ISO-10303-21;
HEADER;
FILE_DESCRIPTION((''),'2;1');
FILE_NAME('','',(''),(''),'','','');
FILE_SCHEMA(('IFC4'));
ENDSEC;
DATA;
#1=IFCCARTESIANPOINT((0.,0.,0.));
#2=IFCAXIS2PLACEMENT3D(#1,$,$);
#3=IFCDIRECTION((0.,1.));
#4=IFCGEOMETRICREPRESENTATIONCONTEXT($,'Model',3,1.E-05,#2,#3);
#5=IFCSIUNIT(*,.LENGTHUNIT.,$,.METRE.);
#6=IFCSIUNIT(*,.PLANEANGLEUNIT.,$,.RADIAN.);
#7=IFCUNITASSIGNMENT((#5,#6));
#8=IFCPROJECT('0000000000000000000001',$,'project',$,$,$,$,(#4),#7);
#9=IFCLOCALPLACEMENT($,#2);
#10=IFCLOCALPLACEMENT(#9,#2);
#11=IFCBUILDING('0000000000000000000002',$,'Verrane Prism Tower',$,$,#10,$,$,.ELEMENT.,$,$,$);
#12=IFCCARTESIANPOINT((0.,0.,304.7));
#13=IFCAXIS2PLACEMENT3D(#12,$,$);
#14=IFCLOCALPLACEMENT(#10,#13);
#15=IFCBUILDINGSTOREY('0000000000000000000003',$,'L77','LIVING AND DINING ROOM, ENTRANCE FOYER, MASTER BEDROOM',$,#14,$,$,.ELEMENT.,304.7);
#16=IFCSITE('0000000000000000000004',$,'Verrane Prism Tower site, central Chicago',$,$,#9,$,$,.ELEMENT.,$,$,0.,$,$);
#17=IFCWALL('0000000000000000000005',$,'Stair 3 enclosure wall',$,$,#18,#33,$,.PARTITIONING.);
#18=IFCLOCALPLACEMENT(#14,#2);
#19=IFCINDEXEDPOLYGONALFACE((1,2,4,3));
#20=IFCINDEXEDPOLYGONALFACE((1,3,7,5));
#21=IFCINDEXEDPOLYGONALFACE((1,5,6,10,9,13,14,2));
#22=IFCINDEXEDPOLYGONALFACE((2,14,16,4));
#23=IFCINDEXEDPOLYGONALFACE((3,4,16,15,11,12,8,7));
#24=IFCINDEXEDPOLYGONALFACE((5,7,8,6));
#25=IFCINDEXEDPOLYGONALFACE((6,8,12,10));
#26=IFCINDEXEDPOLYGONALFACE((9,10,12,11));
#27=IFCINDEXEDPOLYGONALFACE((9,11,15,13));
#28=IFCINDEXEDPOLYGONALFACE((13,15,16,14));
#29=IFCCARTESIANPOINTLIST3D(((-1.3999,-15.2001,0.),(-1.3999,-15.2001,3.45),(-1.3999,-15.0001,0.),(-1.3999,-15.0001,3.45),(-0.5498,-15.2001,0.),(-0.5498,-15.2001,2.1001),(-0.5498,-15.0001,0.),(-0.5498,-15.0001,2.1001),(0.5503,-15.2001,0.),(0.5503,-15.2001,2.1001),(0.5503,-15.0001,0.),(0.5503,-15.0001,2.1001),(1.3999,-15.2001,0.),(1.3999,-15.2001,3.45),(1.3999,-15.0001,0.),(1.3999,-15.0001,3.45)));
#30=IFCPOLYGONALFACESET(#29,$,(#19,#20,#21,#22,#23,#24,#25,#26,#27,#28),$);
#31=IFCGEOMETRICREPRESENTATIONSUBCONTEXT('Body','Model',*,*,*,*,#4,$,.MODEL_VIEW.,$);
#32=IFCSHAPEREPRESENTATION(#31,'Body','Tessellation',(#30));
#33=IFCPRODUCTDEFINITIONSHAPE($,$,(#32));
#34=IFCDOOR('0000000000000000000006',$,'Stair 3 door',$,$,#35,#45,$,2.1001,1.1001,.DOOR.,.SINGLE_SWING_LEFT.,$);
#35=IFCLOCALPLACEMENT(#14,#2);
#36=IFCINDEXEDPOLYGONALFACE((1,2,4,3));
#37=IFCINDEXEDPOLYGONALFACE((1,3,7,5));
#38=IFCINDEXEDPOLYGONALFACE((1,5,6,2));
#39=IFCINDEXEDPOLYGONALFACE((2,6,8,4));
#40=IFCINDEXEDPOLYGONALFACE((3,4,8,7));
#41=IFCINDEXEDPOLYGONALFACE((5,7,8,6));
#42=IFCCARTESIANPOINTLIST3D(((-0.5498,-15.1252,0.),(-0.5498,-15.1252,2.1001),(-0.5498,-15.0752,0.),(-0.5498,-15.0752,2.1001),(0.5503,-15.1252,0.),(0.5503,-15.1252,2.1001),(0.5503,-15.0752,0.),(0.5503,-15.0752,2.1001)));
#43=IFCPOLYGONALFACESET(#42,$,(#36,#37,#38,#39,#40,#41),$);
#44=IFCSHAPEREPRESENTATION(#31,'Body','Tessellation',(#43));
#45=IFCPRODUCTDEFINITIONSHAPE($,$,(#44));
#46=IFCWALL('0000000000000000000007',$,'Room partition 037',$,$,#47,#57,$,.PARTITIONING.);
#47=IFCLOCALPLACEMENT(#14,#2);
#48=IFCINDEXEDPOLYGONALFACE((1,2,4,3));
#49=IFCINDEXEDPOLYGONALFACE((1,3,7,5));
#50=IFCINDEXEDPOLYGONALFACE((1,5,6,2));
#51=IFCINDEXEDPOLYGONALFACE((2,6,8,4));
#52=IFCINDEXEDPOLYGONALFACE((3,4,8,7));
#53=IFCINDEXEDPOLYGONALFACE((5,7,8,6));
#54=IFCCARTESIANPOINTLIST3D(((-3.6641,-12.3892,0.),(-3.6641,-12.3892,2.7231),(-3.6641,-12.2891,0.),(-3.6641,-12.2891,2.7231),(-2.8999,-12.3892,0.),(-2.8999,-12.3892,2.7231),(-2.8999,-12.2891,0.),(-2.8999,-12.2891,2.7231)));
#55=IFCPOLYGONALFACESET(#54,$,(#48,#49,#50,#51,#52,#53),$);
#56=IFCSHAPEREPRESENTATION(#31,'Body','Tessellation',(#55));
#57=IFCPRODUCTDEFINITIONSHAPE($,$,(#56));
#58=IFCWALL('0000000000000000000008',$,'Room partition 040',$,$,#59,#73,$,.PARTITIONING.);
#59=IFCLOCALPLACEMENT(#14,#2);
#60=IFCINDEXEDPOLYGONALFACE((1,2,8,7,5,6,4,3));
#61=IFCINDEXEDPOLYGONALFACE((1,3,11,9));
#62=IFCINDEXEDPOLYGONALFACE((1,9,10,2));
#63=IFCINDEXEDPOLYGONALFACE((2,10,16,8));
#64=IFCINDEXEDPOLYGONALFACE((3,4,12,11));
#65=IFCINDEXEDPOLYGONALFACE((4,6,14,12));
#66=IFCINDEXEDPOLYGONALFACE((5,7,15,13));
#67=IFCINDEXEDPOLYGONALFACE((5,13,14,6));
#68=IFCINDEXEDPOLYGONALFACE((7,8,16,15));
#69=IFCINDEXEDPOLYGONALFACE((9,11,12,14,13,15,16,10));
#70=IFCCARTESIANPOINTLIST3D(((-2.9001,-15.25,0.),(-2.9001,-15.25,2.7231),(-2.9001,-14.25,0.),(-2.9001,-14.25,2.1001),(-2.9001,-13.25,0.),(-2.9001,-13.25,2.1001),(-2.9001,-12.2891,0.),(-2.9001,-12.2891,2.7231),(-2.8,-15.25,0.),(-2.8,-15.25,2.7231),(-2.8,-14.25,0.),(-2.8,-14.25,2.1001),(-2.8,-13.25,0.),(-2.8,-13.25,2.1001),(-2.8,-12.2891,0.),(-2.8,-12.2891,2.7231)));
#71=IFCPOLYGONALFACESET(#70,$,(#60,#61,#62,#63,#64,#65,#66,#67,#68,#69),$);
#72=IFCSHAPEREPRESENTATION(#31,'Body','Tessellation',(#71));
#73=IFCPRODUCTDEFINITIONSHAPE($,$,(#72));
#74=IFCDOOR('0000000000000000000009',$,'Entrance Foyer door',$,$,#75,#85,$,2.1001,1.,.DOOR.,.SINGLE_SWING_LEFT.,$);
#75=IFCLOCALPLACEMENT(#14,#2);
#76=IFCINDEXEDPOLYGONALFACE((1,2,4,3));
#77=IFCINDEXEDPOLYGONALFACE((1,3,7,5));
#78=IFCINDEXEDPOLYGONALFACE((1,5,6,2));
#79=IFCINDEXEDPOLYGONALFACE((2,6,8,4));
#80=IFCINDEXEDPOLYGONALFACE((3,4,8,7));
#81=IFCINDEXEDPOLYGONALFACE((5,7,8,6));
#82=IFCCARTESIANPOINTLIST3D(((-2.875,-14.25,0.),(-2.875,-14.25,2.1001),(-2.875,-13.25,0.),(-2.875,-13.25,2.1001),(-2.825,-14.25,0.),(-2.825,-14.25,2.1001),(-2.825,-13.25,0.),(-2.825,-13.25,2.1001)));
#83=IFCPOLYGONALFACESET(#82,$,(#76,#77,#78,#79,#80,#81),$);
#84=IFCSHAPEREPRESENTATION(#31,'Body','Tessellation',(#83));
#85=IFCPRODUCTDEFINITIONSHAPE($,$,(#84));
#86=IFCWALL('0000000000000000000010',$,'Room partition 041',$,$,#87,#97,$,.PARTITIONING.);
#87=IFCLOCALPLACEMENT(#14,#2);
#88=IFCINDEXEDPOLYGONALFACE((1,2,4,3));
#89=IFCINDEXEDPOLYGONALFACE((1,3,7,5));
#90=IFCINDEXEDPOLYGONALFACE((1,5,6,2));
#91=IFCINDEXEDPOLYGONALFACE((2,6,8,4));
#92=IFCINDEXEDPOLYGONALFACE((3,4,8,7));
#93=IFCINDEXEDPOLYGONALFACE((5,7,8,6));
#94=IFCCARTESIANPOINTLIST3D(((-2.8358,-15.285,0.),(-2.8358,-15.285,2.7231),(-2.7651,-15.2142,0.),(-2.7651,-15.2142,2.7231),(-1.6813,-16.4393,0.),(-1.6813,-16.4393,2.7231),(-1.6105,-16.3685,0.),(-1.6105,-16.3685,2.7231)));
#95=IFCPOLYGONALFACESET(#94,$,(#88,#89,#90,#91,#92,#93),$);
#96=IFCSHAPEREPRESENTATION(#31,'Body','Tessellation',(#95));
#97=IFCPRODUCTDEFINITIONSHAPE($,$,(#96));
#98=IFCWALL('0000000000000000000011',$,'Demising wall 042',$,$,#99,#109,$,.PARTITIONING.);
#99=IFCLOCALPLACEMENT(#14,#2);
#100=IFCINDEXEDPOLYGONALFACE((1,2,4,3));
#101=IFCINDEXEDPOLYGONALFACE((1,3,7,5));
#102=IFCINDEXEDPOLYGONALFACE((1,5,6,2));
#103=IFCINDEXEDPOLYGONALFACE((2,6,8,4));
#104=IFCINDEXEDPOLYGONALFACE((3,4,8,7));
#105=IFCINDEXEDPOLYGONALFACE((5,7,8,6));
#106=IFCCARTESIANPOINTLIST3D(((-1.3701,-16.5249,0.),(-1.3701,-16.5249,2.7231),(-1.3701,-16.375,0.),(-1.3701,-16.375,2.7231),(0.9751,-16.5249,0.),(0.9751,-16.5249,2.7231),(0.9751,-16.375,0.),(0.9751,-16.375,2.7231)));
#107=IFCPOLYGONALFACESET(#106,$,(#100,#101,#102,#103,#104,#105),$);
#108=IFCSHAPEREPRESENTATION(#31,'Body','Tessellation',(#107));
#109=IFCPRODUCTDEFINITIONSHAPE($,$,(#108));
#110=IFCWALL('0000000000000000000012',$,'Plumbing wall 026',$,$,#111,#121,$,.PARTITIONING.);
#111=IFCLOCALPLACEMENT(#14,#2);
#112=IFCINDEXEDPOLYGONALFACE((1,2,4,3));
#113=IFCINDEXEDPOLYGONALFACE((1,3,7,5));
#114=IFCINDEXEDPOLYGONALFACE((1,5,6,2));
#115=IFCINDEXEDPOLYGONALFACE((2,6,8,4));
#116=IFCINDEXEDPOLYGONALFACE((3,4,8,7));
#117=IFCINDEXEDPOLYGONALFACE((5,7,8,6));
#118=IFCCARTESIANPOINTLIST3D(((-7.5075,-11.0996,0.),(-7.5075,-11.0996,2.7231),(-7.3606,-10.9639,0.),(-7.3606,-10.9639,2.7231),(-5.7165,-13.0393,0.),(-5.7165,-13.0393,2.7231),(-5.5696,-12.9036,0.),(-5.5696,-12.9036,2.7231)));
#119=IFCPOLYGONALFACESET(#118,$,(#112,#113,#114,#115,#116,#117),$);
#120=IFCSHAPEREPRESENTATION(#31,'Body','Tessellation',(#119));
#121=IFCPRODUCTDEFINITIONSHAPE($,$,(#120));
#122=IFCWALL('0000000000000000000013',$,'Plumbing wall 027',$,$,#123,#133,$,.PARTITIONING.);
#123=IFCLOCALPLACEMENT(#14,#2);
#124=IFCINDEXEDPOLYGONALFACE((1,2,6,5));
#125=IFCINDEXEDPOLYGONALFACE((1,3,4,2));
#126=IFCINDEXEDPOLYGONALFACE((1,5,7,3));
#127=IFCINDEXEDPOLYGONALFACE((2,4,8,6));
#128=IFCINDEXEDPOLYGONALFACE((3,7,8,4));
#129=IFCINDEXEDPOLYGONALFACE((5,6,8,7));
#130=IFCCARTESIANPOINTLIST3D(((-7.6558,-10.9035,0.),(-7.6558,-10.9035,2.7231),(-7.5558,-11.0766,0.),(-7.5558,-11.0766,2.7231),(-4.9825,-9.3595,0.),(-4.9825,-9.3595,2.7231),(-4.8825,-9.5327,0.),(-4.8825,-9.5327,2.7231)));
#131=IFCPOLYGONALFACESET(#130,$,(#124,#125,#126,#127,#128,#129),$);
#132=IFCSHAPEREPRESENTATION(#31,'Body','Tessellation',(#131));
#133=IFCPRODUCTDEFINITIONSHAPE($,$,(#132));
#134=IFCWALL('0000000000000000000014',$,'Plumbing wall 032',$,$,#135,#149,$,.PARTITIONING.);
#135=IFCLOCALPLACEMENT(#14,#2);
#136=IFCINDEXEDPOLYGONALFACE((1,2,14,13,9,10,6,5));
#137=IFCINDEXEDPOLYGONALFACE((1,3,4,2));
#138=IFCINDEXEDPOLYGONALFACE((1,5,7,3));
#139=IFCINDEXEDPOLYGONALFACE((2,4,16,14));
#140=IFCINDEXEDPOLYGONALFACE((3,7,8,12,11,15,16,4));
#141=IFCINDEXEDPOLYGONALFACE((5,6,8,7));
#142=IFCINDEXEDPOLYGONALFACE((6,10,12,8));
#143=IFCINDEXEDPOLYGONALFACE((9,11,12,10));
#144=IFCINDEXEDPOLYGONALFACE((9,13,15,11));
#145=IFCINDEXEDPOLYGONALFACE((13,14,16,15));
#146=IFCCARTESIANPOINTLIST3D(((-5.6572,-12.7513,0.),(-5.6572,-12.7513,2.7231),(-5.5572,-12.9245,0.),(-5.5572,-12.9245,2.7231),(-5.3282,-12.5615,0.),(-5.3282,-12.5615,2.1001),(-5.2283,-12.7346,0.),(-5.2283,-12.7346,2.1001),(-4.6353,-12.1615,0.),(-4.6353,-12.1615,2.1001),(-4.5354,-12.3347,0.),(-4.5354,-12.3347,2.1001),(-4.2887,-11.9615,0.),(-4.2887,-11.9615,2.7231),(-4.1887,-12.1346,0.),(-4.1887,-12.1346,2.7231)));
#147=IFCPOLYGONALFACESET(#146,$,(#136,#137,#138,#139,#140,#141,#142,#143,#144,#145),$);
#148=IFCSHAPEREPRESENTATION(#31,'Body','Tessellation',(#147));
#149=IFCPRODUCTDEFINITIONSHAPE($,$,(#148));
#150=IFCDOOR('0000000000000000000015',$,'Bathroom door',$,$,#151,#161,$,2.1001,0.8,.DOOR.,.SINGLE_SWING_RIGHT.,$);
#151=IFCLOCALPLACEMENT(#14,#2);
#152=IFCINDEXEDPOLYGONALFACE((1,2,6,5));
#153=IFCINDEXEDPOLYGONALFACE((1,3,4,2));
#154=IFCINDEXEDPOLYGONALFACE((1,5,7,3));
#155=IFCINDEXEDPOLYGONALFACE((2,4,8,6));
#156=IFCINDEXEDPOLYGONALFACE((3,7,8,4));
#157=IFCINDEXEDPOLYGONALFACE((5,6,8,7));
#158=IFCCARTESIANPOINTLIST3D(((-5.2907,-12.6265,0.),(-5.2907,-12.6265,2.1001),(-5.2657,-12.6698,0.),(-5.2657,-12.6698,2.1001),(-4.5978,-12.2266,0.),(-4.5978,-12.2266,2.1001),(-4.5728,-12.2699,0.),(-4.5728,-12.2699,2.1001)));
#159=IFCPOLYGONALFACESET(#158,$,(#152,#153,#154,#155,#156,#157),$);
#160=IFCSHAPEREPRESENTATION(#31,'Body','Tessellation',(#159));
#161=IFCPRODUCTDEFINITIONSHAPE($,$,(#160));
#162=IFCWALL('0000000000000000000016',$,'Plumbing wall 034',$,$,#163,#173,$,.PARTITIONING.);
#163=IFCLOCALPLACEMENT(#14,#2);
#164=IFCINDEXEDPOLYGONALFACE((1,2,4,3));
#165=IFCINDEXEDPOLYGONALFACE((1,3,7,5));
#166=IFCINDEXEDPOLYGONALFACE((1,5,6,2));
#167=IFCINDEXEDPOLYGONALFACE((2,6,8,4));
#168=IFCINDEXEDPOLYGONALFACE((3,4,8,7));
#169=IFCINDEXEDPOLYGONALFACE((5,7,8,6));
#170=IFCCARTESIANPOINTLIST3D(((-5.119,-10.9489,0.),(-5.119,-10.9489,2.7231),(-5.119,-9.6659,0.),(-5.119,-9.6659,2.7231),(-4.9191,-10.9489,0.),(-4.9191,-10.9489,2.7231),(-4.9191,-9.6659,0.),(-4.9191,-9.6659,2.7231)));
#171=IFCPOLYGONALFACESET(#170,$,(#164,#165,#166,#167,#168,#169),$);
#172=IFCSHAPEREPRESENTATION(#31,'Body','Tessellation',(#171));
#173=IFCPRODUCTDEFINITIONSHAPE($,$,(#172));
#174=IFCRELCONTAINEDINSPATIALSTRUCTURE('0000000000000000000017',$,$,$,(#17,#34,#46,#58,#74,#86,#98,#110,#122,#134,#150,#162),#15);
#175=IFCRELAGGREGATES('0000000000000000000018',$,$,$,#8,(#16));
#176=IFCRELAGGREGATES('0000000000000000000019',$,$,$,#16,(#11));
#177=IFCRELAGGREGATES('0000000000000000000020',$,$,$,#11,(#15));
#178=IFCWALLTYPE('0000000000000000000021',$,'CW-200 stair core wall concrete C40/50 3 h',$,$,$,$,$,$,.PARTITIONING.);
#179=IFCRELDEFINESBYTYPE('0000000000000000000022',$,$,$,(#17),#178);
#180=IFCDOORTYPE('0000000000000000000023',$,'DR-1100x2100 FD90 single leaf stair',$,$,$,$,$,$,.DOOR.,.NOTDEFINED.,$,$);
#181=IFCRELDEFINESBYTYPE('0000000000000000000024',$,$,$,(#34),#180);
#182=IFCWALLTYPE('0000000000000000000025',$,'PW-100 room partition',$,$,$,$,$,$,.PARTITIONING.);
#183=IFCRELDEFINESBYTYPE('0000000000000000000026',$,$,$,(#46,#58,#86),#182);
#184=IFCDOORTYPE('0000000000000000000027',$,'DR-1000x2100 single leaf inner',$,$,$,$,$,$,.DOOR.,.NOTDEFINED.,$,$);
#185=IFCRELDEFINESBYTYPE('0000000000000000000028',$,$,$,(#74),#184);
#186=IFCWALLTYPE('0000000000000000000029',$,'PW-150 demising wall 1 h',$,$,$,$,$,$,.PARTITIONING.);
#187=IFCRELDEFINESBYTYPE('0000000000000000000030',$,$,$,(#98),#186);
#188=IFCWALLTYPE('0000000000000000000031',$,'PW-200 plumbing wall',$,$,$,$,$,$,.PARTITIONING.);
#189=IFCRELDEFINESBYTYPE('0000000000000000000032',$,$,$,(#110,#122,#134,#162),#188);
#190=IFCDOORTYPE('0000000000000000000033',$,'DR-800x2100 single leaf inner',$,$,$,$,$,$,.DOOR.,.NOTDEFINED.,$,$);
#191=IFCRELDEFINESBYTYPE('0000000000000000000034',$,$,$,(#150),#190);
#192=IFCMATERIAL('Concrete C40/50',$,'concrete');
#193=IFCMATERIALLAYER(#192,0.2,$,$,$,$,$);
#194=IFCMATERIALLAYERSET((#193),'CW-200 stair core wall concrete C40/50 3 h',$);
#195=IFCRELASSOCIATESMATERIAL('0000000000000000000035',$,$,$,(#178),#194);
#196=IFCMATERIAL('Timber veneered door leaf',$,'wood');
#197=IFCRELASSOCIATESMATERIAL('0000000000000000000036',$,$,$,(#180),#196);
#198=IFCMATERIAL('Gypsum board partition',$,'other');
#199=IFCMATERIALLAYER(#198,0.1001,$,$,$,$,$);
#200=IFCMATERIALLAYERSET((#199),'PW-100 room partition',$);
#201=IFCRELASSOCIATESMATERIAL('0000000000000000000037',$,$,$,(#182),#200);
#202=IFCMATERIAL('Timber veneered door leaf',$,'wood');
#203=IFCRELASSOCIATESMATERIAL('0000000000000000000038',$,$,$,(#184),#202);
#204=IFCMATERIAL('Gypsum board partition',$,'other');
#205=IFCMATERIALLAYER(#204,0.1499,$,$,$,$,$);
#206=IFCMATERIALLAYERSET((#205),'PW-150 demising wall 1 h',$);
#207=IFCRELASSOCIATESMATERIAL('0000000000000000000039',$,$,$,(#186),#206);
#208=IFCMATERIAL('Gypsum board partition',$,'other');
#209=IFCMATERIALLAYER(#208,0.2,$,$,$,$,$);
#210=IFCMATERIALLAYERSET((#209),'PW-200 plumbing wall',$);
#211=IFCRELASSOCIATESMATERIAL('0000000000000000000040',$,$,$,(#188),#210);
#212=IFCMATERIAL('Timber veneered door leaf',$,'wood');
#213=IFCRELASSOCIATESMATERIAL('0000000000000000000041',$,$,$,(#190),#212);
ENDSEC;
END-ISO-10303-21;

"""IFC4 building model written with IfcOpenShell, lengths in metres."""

from ifc_helpers import new_model, si_unit, direction, frame, frame_2d, origin, place, context, subcontext, project, spatial, rectangle, extrude, material, layer, layer_set, type_object, element, fill, save


model = new_model("IFC4")

# Units and contexts
model_context = context("Model", 3, precision=1e-05, world=origin(), true_north=direction((0.0, 1.0)))
body_context = subcontext(model_context, "Body", "Model", "MODEL_VIEW")
ifc_project = project(units=[si_unit("LENGTHUNIT", "METRE"), si_unit("PLANEANGLEUNIT", "RADIAN")], contexts=[model_context])

# Site, building, storey
site_placement = place(None, origin())
site = spatial("IfcSite", under=ifc_project, at=site_placement, Name="Verrane Prism Tower site, central Chicago", CompositionType="ELEMENT", RefElevation=0.0)
building_placement = place(site_placement, origin())
building = spatial("IfcBuilding", under=site, at=building_placement, Name="Verrane Prism Tower", CompositionType="ELEMENT")
storey_placement = place(building_placement, frame((0.0, 0.0, 304.7)))
storey = spatial("IfcBuildingStorey", under=building, at=storey_placement, Name="L77", Description="LIVING AND DINING ROOM, ENTRANCE FOYER, MASTER BEDROOM", CompositionType="ELEMENT", Elevation=304.7)

# Wall, opening, door
ifc_material_1 = material(Name="Concrete C40/50", Category="concrete")
ifc_layer_1 = layer(ifc_material_1, 0.2)
ifc_layer_set_1 = layer_set([ifc_layer_1], Name="CW-200 stair core wall concrete C40/50 3 h")
wall_type_1 = type_object("IfcWallType", Name="CW-200 stair core wall concrete C40/50 3 h", PredefinedType="PARTITIONING", material=ifc_layer_set_1)
wall_1_placement = place(storey_placement, frame((-1.3999, -15.1001, 0.0), z_axis=(0.0, 0.0, 1.0), x_axis=(1.0, 0.0, 0.0)))
wall_1 = element("IfcWall", 1, at=wall_1_placement, inside=storey, type_object=wall_type_1, Name="Stair 3 enclosure wall", PredefinedType="PARTITIONING", context=body_context, shape_type="SweptSolid", body=[
    extrude(rectangle(XDim=2.7998, YDim=0.2, at=frame_2d((1.3999, 0.0))), origin(), (0.0, 0.0, 1.0), 3.45),
])
opening_1_placement = place(wall_1_placement, frame((0.8501, 0.0, 0.0)))
opening_1 = element("IfcOpeningElement", 2, at=opening_1_placement, cuts=wall_1, PredefinedType="OPENING", context=body_context, shape_type="SweptSolid", body=[
    extrude(rectangle(XDim=1.1001, YDim=2.1001, at=frame_2d((0.55, 1.05))), frame((0.0, 0.1099, 0.0), z_axis=(0.0, -1.0, 0.0), x_axis=(1.0, 0.0, 0.0)), (0.0, 0.0, 1.0), 0.22),
])
ifc_material_2 = material(Name="Timber veneered door leaf", Category="wood")
door_type_1 = type_object("IfcDoorType", Name="DR-1100x2100 FD90 single leaf stair", OperationType="NOTDEFINED", PredefinedType="DOOR", material=ifc_material_2)
door_1_placement = place(opening_1_placement, origin())
door_1 = element("IfcDoor", 3, at=door_1_placement, inside=storey, type_object=door_type_1, Name="Stair 3 door", OperationType="SINGLE_SWING_LEFT", OverallHeight=2.1001, OverallWidth=1.1001, PredefinedType="DOOR", context=body_context, shape_type="SweptSolid", body=[
    extrude(rectangle(XDim=1.1001, YDim=2.1001, at=frame_2d((0.55, 1.05))), frame((0.0, 0.0249, 0.0), z_axis=(0.0, -1.0, 0.0), x_axis=(1.0, 0.0, 0.0)), (0.0, 0.0, 1.0), 0.05),
])
fill(opening_1, door_1)

# Wall
ifc_material_3 = material(Name="Gypsum board partition", Category="other")
ifc_layer_2 = layer(ifc_material_3, 0.1001)
ifc_layer_set_2 = layer_set([ifc_layer_2], Name="PW-100 room partition")
wall_type_2 = type_object("IfcWallType", Name="PW-100 room partition", PredefinedType="PARTITIONING", material=ifc_layer_set_2)
wall_2_placement = place(storey_placement, frame((-3.6641, -12.3391, 0.0), z_axis=(0.0, 0.0, 1.0), x_axis=(1.0, 0.0, 0.0)))
element("IfcWall", 4, at=wall_2_placement, inside=storey, type_object=wall_type_2, Name="Room partition 037", PredefinedType="PARTITIONING", context=body_context, shape_type="SweptSolid", body=[
    extrude(rectangle(XDim=0.7642, YDim=0.1001, at=frame_2d((0.3821, 0.0))), origin(), (0.0, 0.0, 1.0), 2.7231),
])

# Wall, opening, door
wall_3_placement = place(storey_placement, frame((-2.8501, -15.25, 0.0), z_axis=(0.0, 0.0, 1.0), x_axis=(0.0, 1.0, 0.0)))
wall_3 = element("IfcWall", 5, at=wall_3_placement, inside=storey, type_object=wall_type_2, Name="Room partition 040", PredefinedType="PARTITIONING", context=body_context, shape_type="SweptSolid", body=[
    extrude(rectangle(XDim=2.9609, YDim=0.1001, at=frame_2d((1.4805, 0.0))), origin(), (0.0, 0.0, 1.0), 2.7231),
])
opening_2_placement = place(wall_3_placement, frame((1.0, 0.0, 0.0)))
opening_2 = element("IfcOpeningElement", 6, at=opening_2_placement, cuts=wall_3, PredefinedType="OPENING", context=body_context, shape_type="SweptSolid", body=[
    extrude(rectangle(XDim=1.0, YDim=2.1001, at=frame_2d((0.5, 1.05))), frame((0.0, 0.0601, 0.0), z_axis=(0.0, -1.0, 0.0), x_axis=(1.0, 0.0, 0.0)), (0.0, 0.0, 1.0), 0.1201),
])
ifc_material_4 = material(Name="Timber veneered door leaf", Category="wood")
door_type_2 = type_object("IfcDoorType", Name="DR-1000x2100 single leaf inner", OperationType="NOTDEFINED", PredefinedType="DOOR", material=ifc_material_4)
door_2_placement = place(opening_2_placement, origin())
door_2 = element("IfcDoor", 7, at=door_2_placement, inside=storey, type_object=door_type_2, Name="Entrance Foyer door", OperationType="SINGLE_SWING_LEFT", OverallHeight=2.1001, OverallWidth=1.0, PredefinedType="DOOR", context=body_context, shape_type="SweptSolid", body=[
    extrude(rectangle(XDim=1.0, YDim=2.1001, at=frame_2d((0.5, 1.05))), frame((0.0, 0.0249, 0.0), z_axis=(0.0, -1.0, 0.0), x_axis=(1.0, 0.0, 0.0)), (0.0, 0.0, 1.0), 0.05),
])
fill(opening_2, door_2)

# Walls
wall_4_placement = place(storey_placement, frame((-2.8005, -15.2495, 0.0), z_axis=(0.0, 0.0, 1.0), x_axis=(0.707182, -0.707032, 0.0)))
element("IfcWall", 8, at=wall_4_placement, inside=storey, type_object=wall_type_2, Name="Room partition 041", PredefinedType="PARTITIONING", context=body_context, shape_type="SweptSolid", body=[
    extrude(rectangle(XDim=1.6326, YDim=0.1001, at=frame_2d((0.8164, 0.0))), origin(), (0.0, 0.0, 1.0), 2.7231),
])
ifc_material_5 = material(Name="Gypsum board partition", Category="other")
ifc_layer_3 = layer(ifc_material_5, 0.1499)
ifc_layer_set_3 = layer_set([ifc_layer_3], Name="PW-150 demising wall 1 h")
wall_type_3 = type_object("IfcWallType", Name="PW-150 demising wall 1 h", PredefinedType="PARTITIONING", material=ifc_layer_set_3)
wall_5_placement = place(storey_placement, frame((-1.3701, -16.45, 0.0), z_axis=(0.0, 0.0, 1.0), x_axis=(1.0, 0.0, 0.0)))
element("IfcWall", 9, at=wall_5_placement, inside=storey, type_object=wall_type_3, Name="Demising wall 042", PredefinedType="PARTITIONING", context=body_context, shape_type="SweptSolid", body=[
    extrude(rectangle(XDim=2.3452, YDim=0.1499, at=frame_2d((1.1726, 0.0))), origin(), (0.0, 0.0, 1.0), 2.7231),
])
ifc_material_6 = material(Name="Gypsum board partition", Category="other")
ifc_layer_4 = layer(ifc_material_6, 0.2)
ifc_layer_set_4 = layer_set([ifc_layer_4], Name="PW-200 plumbing wall")
wall_type_4 = type_object("IfcWallType", Name="PW-200 plumbing wall", PredefinedType="PARTITIONING", material=ifc_layer_set_4)
wall_6_placement = place(storey_placement, frame((-7.4341, -11.0317, 0.0), z_axis=(0.0, 0.0, 1.0), x_axis=(0.678388, -0.734704, 0.0)))
element("IfcWall", 10, at=wall_6_placement, inside=storey, type_object=wall_type_4, Name="Plumbing wall 026", PredefinedType="PARTITIONING", context=body_context, shape_type="SweptSolid", body=[
    extrude(rectangle(XDim=2.6401, YDim=0.2, at=frame_2d((1.3201, 0.0))), origin(), (0.0, 0.0, 1.0), 2.7231),
])
wall_7_placement = place(storey_placement, frame((-7.6057, -10.99, 0.0), z_axis=(0.0, 0.0, 1.0), x_axis=(0.865956, 0.500119, 0.0)))
element("IfcWall", 11, at=wall_7_placement, inside=storey, type_object=wall_type_4, Name="Plumbing wall 027", PredefinedType="PARTITIONING", context=body_context, shape_type="SweptSolid", body=[
    extrude(rectangle(XDim=3.0872, YDim=0.2, at=frame_2d((1.5435, 0.0))), origin(), (0.0, 0.0, 1.0), 2.7231),
])

# Wall, opening, door
wall_8_placement = place(storey_placement, frame((-5.6072, -12.8379, 0.0), z_axis=(0.0, 0.0, 1.0), x_axis=(0.866096, 0.499879, 0.0)))
wall_8 = element("IfcWall", 12, at=wall_8_placement, inside=storey, type_object=wall_type_4, Name="Plumbing wall 032", PredefinedType="PARTITIONING", context=body_context, shape_type="SweptSolid", body=[
    extrude(rectangle(XDim=1.5801, YDim=0.2, at=frame_2d((0.79, 0.0))), origin(), (0.0, 0.0, 1.0), 2.7231),
])
opening_3_placement = place(wall_8_placement, frame((0.3799, 0.0, 0.0)))
opening_3 = element("IfcOpeningElement", 13, at=opening_3_placement, cuts=wall_8, PredefinedType="OPENING", context=body_context, shape_type="SweptSolid", body=[
    extrude(rectangle(XDim=0.8, YDim=2.1001, at=frame_2d((0.3999, 1.05))), frame((0.0, 0.1099, 0.0), z_axis=(0.0, -1.0, 0.0), x_axis=(1.0, 0.0, 0.0)), (0.0, 0.0, 1.0), 0.22),
])
ifc_material_7 = material(Name="Timber veneered door leaf", Category="wood")
door_type_3 = type_object("IfcDoorType", Name="DR-800x2100 single leaf inner", OperationType="NOTDEFINED", PredefinedType="DOOR", material=ifc_material_7)
door_3_placement = place(opening_3_placement, origin())
door_3 = element("IfcDoor", 14, at=door_3_placement, inside=storey, type_object=door_type_3, Name="Bathroom door", OperationType="SINGLE_SWING_RIGHT", OverallHeight=2.1001, OverallWidth=0.8, PredefinedType="DOOR", context=body_context, shape_type="SweptSolid", body=[
    extrude(rectangle(XDim=0.8, YDim=2.1001, at=frame_2d((0.3999, 1.05))), frame((0.0, 0.0249, 0.0), z_axis=(0.0, -1.0, 0.0), x_axis=(1.0, 0.0, 0.0)), (0.0, 0.0, 1.0), 0.05),
])
fill(opening_3, door_3)

# Wall
wall_9_placement = place(storey_placement, frame((-5.019, -10.949, 0.0), z_axis=(0.0, 0.0, 1.0), x_axis=(0.0, 1.0, 0.0)))
element("IfcWall", 15, at=wall_9_placement, inside=storey, type_object=wall_type_4, Name="Plumbing wall 034", PredefinedType="PARTITIONING", context=body_context, shape_type="SweptSolid", body=[
    extrude(rectangle(XDim=1.283, YDim=0.2, at=frame_2d((0.6416, 0.0))), origin(), (0.0, 0.0, 1.0), 2.7231),
])

save(model, "model.ifc")
